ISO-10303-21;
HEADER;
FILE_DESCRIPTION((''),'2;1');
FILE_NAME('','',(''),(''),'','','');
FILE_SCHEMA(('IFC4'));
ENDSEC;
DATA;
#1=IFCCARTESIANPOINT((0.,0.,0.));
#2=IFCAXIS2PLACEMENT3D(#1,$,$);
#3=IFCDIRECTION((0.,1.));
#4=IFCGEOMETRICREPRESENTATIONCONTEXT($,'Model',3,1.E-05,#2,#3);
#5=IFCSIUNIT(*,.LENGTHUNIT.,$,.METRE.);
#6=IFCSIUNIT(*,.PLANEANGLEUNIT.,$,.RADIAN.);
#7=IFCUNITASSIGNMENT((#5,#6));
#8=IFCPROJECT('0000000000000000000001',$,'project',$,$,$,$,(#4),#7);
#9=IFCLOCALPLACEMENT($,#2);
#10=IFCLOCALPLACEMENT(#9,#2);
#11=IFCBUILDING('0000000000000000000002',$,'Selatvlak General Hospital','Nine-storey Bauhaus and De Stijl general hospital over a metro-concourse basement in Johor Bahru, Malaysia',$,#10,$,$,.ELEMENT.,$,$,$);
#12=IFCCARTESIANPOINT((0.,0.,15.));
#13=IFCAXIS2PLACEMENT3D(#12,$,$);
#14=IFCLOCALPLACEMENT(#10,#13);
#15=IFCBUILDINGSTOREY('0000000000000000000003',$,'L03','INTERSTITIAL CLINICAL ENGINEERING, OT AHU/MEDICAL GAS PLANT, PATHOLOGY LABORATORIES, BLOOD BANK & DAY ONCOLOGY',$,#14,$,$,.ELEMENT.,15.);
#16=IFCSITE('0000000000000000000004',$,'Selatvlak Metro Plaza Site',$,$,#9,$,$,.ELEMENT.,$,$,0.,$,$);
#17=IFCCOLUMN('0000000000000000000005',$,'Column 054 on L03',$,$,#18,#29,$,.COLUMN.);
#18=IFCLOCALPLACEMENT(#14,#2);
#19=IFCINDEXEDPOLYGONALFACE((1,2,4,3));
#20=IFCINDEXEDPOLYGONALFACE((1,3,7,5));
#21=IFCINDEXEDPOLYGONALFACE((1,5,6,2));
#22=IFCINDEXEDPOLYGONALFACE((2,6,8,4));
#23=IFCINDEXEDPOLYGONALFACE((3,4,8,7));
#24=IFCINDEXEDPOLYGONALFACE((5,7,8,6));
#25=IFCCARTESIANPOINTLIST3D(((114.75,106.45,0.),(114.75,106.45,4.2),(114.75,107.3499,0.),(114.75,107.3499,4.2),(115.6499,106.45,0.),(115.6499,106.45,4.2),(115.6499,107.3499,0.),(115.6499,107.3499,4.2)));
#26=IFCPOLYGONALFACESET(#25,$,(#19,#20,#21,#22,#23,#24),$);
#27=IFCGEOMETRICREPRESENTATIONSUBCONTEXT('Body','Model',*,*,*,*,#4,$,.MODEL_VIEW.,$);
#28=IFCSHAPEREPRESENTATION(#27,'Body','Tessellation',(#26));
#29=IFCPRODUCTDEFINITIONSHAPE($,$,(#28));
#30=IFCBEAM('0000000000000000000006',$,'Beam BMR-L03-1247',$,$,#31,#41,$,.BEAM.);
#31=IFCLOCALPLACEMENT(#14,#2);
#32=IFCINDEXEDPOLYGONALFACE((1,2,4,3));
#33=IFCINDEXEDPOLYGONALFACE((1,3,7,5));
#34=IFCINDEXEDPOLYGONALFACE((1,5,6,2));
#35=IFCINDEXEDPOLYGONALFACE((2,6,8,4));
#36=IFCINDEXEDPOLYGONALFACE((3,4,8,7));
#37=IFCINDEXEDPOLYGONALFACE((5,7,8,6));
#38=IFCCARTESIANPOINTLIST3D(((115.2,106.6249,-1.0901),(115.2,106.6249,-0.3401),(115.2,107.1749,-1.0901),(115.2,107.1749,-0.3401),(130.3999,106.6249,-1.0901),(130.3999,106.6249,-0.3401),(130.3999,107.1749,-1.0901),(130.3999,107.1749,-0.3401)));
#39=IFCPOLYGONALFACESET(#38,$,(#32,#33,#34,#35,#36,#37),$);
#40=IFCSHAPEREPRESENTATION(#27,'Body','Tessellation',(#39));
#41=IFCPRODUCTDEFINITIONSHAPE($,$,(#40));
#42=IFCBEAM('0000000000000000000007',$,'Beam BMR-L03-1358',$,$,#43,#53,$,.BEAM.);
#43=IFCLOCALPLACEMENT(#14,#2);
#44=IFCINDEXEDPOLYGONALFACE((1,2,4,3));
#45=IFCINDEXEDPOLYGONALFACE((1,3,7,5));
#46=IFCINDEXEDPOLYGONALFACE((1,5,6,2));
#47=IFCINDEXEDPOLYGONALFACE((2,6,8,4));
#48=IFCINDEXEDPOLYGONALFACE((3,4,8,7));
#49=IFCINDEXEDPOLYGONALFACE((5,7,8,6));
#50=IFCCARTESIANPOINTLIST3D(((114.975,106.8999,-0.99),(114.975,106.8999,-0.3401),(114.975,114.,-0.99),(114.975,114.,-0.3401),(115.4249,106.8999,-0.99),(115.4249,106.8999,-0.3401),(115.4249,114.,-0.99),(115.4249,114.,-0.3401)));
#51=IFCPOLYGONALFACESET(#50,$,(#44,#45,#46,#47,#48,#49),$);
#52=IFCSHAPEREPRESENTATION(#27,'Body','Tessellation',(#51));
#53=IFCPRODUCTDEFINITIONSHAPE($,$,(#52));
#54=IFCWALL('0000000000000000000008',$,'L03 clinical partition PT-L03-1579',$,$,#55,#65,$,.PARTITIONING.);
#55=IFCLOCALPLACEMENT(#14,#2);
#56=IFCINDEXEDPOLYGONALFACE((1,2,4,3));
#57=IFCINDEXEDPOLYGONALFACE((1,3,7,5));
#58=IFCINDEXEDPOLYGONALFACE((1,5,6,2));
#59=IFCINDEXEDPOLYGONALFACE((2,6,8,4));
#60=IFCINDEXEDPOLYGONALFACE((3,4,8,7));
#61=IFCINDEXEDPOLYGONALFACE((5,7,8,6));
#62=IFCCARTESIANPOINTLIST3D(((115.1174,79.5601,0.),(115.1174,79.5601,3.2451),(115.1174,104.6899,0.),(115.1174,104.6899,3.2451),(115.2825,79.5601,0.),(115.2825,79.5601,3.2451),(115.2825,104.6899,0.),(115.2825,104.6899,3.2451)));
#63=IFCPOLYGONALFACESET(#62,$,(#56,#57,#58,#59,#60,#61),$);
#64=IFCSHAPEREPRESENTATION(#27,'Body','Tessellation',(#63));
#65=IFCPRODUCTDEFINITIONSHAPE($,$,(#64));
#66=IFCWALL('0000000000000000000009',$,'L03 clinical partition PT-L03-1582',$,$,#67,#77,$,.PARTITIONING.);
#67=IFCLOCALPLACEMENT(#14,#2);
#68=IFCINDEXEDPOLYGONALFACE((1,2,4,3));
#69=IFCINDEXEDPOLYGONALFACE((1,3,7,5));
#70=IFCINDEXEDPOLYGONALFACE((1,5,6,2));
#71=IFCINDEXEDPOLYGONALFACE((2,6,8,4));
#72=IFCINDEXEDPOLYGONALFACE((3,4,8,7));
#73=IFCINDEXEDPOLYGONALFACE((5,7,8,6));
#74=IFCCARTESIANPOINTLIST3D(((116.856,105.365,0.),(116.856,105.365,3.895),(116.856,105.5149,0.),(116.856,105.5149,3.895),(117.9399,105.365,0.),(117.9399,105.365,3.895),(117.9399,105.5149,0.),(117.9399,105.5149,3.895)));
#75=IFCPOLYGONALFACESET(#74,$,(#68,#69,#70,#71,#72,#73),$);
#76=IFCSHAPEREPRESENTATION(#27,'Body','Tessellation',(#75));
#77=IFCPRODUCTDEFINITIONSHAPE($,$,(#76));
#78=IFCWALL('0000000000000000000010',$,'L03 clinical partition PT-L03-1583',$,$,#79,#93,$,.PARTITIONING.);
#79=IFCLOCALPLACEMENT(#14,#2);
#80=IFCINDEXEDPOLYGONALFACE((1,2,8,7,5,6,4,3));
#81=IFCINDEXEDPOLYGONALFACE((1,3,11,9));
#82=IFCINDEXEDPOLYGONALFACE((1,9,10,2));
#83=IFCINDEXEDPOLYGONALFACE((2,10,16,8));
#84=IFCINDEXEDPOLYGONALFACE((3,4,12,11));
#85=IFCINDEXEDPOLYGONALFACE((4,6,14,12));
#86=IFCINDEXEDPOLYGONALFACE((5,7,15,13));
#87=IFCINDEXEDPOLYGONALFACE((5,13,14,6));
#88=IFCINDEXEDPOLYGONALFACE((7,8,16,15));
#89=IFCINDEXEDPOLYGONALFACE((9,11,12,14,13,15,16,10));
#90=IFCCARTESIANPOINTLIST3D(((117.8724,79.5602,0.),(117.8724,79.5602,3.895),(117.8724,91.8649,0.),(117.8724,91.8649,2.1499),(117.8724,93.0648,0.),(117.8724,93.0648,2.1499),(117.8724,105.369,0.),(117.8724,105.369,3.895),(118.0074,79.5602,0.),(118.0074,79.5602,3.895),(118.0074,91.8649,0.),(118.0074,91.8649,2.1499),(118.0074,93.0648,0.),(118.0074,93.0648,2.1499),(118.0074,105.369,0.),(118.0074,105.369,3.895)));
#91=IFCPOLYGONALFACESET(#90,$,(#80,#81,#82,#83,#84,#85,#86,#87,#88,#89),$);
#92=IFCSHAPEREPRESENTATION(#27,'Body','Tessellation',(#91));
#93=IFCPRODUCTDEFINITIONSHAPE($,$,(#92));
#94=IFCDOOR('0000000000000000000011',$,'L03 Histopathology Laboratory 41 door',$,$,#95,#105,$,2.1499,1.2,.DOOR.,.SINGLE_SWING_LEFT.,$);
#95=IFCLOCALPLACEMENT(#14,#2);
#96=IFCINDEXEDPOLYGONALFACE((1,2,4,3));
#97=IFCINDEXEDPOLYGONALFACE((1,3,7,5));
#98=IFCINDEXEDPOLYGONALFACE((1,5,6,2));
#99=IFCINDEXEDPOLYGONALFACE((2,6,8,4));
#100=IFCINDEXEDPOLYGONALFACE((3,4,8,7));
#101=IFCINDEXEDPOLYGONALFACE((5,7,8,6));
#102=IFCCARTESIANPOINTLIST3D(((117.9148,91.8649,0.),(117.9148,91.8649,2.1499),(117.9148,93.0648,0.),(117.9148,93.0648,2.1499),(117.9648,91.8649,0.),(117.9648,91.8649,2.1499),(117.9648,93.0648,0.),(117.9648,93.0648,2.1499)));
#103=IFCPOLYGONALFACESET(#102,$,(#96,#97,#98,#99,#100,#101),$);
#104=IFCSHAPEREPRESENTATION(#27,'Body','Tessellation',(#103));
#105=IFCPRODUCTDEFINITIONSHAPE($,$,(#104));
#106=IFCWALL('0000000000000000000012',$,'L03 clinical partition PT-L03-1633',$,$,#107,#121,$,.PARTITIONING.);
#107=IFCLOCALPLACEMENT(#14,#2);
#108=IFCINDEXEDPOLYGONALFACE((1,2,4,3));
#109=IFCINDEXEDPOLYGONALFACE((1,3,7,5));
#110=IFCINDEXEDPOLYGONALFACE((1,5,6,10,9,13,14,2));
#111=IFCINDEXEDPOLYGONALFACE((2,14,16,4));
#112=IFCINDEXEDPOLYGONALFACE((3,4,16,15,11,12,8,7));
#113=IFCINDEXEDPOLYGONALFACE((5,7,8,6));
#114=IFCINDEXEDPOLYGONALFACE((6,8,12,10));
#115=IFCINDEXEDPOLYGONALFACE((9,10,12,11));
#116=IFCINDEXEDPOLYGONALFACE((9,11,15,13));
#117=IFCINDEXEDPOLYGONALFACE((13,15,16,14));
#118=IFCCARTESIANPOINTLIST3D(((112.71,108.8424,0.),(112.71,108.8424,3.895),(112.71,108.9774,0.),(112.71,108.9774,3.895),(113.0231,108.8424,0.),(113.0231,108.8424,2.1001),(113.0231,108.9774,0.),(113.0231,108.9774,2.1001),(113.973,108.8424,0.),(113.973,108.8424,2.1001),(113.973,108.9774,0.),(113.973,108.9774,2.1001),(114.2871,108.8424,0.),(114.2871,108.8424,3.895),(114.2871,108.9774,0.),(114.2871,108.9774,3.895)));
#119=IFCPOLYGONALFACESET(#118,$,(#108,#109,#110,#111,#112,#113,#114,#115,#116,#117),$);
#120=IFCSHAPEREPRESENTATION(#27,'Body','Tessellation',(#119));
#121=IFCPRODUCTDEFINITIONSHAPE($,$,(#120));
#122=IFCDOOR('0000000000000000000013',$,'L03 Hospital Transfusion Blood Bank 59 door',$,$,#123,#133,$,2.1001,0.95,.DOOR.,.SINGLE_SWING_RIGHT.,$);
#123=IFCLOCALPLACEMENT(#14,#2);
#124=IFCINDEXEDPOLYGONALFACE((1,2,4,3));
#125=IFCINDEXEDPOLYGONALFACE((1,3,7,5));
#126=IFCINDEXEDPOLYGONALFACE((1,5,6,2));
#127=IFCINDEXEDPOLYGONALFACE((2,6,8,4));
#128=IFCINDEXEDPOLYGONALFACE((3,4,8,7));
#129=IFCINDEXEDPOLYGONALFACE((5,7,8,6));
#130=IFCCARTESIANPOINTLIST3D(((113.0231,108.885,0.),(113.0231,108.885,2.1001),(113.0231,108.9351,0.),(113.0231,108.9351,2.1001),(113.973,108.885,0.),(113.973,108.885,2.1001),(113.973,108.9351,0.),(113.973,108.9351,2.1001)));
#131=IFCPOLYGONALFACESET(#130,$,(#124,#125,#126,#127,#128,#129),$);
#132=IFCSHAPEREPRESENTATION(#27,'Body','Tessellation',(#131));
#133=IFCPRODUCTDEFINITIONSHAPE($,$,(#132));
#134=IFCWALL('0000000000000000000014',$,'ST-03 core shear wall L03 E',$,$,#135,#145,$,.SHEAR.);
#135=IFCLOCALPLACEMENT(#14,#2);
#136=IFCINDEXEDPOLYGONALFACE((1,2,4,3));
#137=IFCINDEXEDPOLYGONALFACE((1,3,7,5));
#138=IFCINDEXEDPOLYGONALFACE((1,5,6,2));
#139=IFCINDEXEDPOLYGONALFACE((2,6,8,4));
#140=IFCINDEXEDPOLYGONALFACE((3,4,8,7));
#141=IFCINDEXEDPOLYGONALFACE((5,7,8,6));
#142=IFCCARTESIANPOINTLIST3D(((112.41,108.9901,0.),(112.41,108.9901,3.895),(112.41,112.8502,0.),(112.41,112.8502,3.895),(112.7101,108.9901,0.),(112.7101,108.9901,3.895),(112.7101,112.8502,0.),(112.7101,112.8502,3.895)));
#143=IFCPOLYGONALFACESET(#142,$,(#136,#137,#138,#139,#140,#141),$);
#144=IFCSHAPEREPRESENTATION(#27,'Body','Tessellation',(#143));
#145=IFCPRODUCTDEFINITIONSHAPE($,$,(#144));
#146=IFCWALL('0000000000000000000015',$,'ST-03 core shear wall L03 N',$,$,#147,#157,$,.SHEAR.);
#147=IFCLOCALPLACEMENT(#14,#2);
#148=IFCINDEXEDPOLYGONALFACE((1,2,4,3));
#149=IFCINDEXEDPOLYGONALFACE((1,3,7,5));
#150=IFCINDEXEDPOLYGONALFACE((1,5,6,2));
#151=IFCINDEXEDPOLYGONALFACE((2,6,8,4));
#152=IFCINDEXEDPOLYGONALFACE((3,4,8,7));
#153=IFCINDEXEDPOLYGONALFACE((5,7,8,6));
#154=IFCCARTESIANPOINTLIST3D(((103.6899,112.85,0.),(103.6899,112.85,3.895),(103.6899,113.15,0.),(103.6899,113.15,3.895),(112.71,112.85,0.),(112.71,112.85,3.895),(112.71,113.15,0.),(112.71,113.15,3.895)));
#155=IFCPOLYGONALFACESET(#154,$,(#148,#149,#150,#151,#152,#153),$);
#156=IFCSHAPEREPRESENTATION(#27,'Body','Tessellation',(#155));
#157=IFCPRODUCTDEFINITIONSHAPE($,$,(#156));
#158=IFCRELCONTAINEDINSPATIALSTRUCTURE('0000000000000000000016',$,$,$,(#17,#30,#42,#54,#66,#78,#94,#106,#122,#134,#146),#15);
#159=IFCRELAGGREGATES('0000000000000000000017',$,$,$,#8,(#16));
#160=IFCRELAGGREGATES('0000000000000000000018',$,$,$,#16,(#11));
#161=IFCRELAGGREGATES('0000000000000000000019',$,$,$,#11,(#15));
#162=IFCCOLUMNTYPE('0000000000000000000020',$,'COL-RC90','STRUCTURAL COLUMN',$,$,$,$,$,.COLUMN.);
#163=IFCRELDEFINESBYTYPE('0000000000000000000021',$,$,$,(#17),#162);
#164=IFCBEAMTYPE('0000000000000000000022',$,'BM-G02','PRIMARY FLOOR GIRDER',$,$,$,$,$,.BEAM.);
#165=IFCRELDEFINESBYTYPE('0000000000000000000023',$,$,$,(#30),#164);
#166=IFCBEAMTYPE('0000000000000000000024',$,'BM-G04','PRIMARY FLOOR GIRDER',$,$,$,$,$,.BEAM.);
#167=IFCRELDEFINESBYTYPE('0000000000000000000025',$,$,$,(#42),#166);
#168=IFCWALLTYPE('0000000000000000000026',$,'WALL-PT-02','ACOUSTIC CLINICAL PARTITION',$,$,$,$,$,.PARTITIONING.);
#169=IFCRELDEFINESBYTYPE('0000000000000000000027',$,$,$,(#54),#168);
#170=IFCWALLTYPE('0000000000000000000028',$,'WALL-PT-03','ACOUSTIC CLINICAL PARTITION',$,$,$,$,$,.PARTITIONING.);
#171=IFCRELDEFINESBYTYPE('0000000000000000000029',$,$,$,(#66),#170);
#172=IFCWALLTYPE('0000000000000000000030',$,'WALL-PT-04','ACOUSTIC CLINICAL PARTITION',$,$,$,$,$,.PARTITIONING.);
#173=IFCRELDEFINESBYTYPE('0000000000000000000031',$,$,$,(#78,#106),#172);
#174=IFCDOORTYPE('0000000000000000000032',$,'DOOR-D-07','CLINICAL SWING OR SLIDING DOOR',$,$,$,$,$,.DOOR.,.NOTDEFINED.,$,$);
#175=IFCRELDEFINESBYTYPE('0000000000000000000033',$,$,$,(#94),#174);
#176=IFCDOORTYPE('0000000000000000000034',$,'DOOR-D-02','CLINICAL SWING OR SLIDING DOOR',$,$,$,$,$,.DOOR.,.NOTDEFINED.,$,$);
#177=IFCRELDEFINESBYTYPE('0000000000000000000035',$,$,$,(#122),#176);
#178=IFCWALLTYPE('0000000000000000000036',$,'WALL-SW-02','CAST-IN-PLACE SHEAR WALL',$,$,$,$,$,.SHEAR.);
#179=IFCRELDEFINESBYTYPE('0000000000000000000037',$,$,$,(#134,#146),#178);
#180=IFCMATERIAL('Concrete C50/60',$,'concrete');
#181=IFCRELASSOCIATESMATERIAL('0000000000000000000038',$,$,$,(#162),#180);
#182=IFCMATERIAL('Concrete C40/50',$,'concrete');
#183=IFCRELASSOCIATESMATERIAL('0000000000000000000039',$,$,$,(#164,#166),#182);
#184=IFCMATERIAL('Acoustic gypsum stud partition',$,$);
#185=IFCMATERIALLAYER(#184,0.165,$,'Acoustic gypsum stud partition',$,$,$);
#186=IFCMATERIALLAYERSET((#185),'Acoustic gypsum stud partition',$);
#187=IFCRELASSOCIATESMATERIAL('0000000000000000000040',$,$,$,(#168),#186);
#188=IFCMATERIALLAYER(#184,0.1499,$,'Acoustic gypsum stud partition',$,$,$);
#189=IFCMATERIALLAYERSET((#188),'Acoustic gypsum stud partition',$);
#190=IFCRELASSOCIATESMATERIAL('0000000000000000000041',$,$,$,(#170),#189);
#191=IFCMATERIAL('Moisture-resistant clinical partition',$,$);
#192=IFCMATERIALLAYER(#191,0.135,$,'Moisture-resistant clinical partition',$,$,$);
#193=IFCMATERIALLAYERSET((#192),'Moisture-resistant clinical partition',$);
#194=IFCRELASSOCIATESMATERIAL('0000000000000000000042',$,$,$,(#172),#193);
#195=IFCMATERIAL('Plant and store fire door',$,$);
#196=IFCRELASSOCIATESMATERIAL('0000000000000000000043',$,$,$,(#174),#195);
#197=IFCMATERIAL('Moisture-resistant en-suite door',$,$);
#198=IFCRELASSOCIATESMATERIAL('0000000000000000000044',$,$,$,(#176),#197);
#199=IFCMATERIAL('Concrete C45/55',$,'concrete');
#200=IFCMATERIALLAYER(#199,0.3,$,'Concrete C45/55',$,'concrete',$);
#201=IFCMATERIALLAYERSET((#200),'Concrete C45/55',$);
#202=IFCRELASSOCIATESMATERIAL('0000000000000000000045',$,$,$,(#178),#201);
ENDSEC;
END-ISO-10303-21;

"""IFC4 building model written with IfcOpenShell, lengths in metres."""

from ifc_helpers import new_model, si_unit, direction, frame, frame_2d, origin, origin_2d, place, context, subcontext, project, spatial, rectangle, extrude, material, layer, layer_set, material_profile, profile_set, type_object, element, fill, save


model = new_model("IFC4")

# Units and contexts
model_context = context("Model", 3, precision=1e-05, world=origin(), true_north=direction((0.0, 1.0)))
body_context = subcontext(model_context, "Body", "Model", "MODEL_VIEW")
ifc_project = project(units=[si_unit("LENGTHUNIT", "METRE"), si_unit("PLANEANGLEUNIT", "RADIAN")], contexts=[model_context])

# Site, building, storey
site_placement = place(None, origin())
site = spatial("IfcSite", under=ifc_project, at=site_placement, Name="Selatvlak Metro Plaza Site", CompositionType="ELEMENT", RefElevation=0.0)
building_placement = place(site_placement, origin())
building = spatial("IfcBuilding", under=site, at=building_placement, Name="Selatvlak General Hospital", Description="Nine-storey Bauhaus and De Stijl general hospital over a metro-concourse basement in Johor Bahru, Malaysia", CompositionType="ELEMENT")
storey_placement = place(building_placement, frame((0.0, 0.0, 15.0)))
storey = spatial("IfcBuildingStorey", under=building, at=storey_placement, Name="L03", Description="INTERSTITIAL CLINICAL ENGINEERING, OT AHU/MEDICAL GAS PLANT, PATHOLOGY LABORATORIES, BLOOD BANK & DAY ONCOLOGY", CompositionType="ELEMENT", Elevation=15.0)

# Column
ifc_material_1 = material(Name="Concrete C50/60", Category="concrete")
ifc_material_profile_1 = material_profile(ifc_material_1, rectangle(XDim=0.8999, YDim=0.8999, at=origin_2d()), Name="RC-COL 900x900")
ifc_profile_set_1 = profile_set([ifc_material_profile_1], Name="Concrete C50/60")
column_type = type_object("IfcColumnType", Name="COL-RC90", Description="STRUCTURAL COLUMN", PredefinedType="COLUMN", material=ifc_profile_set_1)
column_placement = place(storey_placement, frame((115.2, 106.8999, 0.0), z_axis=(0.0, 0.0, 1.0), x_axis=(1.0, 0.0, 0.0)))
element("IfcColumn", 1, at=column_placement, inside=storey, type_object=column_type, Name="Column 054 on L03", PredefinedType="COLUMN", context=body_context, shape_type="SweptSolid", body=[
    extrude(rectangle(XDim=0.8999, YDim=0.8999, at=origin_2d()), origin(), (0.0, 0.0, 1.0), 4.2),
])

# Beams
ifc_material_2 = material(Name="Concrete C40/50", Category="concrete")
ifc_material_profile_2 = material_profile(ifc_material_2, rectangle(XDim=0.55, YDim=0.75, at=origin_2d()), Name="RC-BM 550x750")
ifc_profile_set_2 = profile_set([ifc_material_profile_2], Name="Concrete C40/50")
beam_type_1 = type_object("IfcBeamType", Name="BM-G02", Description="PRIMARY FLOOR GIRDER", PredefinedType="BEAM", material=ifc_profile_set_2)
beam_1_placement = place(storey_placement, frame((115.2, 106.8999, -0.7151), z_axis=(1.0, 0.0, 0.0), x_axis=(0.0, 1.0, 0.0)))
element("IfcBeam", 2, at=beam_1_placement, inside=storey, type_object=beam_type_1, Name="Beam BMR-L03-1247", PredefinedType="BEAM", context=body_context, shape_type="SweptSolid", body=[
    extrude(rectangle(XDim=0.55, YDim=0.75, at=origin_2d()), origin(), (0.0, 0.0, 1.0), 15.2),
])
ifc_material_profile_3 = material_profile(ifc_material_2, rectangle(XDim=0.45, YDim=0.6499, at=origin_2d()), Name="RC-BM 450x650")
ifc_profile_set_3 = profile_set([ifc_material_profile_3], Name="Concrete C40/50")
beam_type_2 = type_object("IfcBeamType", Name="BM-G04", Description="PRIMARY FLOOR GIRDER", PredefinedType="BEAM", material=ifc_profile_set_3)
beam_2_placement = place(storey_placement, frame((115.2, 106.8999, -0.665), z_axis=(0.0, 1.0, 0.0), x_axis=(-1.0, 0.0, 0.0)))
element("IfcBeam", 3, at=beam_2_placement, inside=storey, type_object=beam_type_2, Name="Beam BMR-L03-1358", PredefinedType="BEAM", context=body_context, shape_type="SweptSolid", body=[
    extrude(rectangle(XDim=0.45, YDim=0.6499, at=origin_2d()), origin(), (0.0, 0.0, 1.0), 7.1001),
])

# Walls
ifc_material_3 = material(Name="Acoustic gypsum stud partition")
ifc_layer_1 = layer(ifc_material_3, 0.165, Name="Acoustic gypsum stud partition")
ifc_layer_set_1 = layer_set([ifc_layer_1], Name="Acoustic gypsum stud partition")
wall_type_1 = type_object("IfcWallType", Name="WALL-PT-02", Description="ACOUSTIC CLINICAL PARTITION", PredefinedType="PARTITIONING", material=ifc_layer_set_1)
wall_1_placement = place(storey_placement, frame((115.2, 104.6899, 0.0), z_axis=(0.0, 0.0, 1.0), x_axis=(0.0, -1.0, 0.0)))
element("IfcWall", 4, at=wall_1_placement, inside=storey, type_object=wall_type_1, Name="L03 clinical partition PT-L03-1579", PredefinedType="PARTITIONING", context=body_context, shape_type="SweptSolid", body=[
    extrude(rectangle(XDim=25.1299, YDim=0.165, at=frame_2d((12.5649, 0.0))), origin(), (0.0, 0.0, 1.0), 3.2451),
])
ifc_layer_2 = layer(ifc_material_3, 0.1499, Name="Acoustic gypsum stud partition")
ifc_layer_set_2 = layer_set([ifc_layer_2], Name="Acoustic gypsum stud partition")
wall_type_2 = type_object("IfcWallType", Name="WALL-PT-03", Description="ACOUSTIC CLINICAL PARTITION", PredefinedType="PARTITIONING", material=ifc_layer_set_2)
wall_2_placement = place(storey_placement, frame((116.856, 105.4399, 0.0), z_axis=(0.0, 0.0, 1.0), x_axis=(1.0, 0.0, 0.0)))
element("IfcWall", 5, at=wall_2_placement, inside=storey, type_object=wall_type_2, Name="L03 clinical partition PT-L03-1582", PredefinedType="PARTITIONING", context=body_context, shape_type="SweptSolid", body=[
    extrude(rectangle(XDim=1.084, YDim=0.1499, at=frame_2d((0.542, 0.0))), origin(), (0.0, 0.0, 1.0), 3.895),
])

# Walls, openings, doors
ifc_material_4 = material(Name="Moisture-resistant clinical partition")
ifc_layer_3 = layer(ifc_material_4, 0.135, Name="Moisture-resistant clinical partition")
ifc_layer_set_3 = layer_set([ifc_layer_3], Name="Moisture-resistant clinical partition")
wall_type_3 = type_object("IfcWallType", Name="WALL-PT-04", Description="ACOUSTIC CLINICAL PARTITION", PredefinedType="PARTITIONING", material=ifc_layer_set_3)
wall_3_placement = place(storey_placement, frame((117.9399, 105.3689, 0.0), z_axis=(0.0, 0.0, 1.0), x_axis=(0.0, -1.0, 0.0)))
wall_3 = element("IfcWall", 6, at=wall_3_placement, inside=storey, type_object=wall_type_3, Name="L03 clinical partition PT-L03-1583", PredefinedType="PARTITIONING", context=body_context, shape_type="SweptSolid", body=[
    extrude(rectangle(XDim=25.8088, YDim=0.135, at=frame_2d((12.9043, 0.0))), origin(), (0.0, 0.0, 1.0), 3.895),
])
opening_1_placement = place(wall_3_placement, frame((12.304, 0.0, 0.0)))
opening_1 = element("IfcOpeningElement", 7, at=opening_1_placement, cuts=wall_3, PredefinedType="OPENING", context=body_context, shape_type="SweptSolid", body=[
    extrude(rectangle(XDim=1.2, YDim=2.1499, at=frame_2d((0.6001, 1.075))), frame((0.0, 0.0774, 0.0), z_axis=(0.0, -1.0, 0.0), x_axis=(1.0, 0.0, 0.0)), (0.0, 0.0, 1.0), 0.155),
])
ifc_material_5 = material(Name="Plant and store fire door")
door_type_1 = type_object("IfcDoorType", Name="DOOR-D-07", Description="CLINICAL SWING OR SLIDING DOOR", OperationType="NOTDEFINED", PredefinedType="DOOR", material=ifc_material_5)
door_1_placement = place(opening_1_placement, origin())
door_1 = element("IfcDoor", 8, at=door_1_placement, inside=storey, type_object=door_type_1, Name="L03 Histopathology Laboratory 41 door", OperationType="SINGLE_SWING_LEFT", OverallHeight=2.1499, OverallWidth=1.2, PredefinedType="DOOR", context=body_context, shape_type="SweptSolid", body=[
    extrude(rectangle(XDim=1.2, YDim=2.1499, at=frame_2d((0.6001, 1.075))), frame((0.0, 0.0249, 0.0), z_axis=(0.0, -1.0, 0.0), x_axis=(1.0, 0.0, 0.0)), (0.0, 0.0, 1.0), 0.05),
])
fill(opening_1, door_1)
wall_4_placement = place(storey_placement, frame((114.2871, 108.9099, 0.0), z_axis=(0.0, 0.0, 1.0), x_axis=(-1.0, 0.0, 0.0)))
wall_4 = element("IfcWall", 9, at=wall_4_placement, inside=storey, type_object=wall_type_3, Name="L03 clinical partition PT-L03-1633", PredefinedType="PARTITIONING", context=body_context, shape_type="SweptSolid", body=[
    extrude(rectangle(XDim=1.5771, YDim=0.135, at=frame_2d((0.7886, 0.0))), origin(), (0.0, 0.0, 1.0), 3.895),
])
opening_2_placement = place(wall_4_placement, frame((0.314, 0.0, 0.0)))
opening_2 = element("IfcOpeningElement", 10, at=opening_2_placement, cuts=wall_4, PredefinedType="OPENING", context=body_context, shape_type="SweptSolid", body=[
    extrude(rectangle(XDim=0.95, YDim=2.1001, at=frame_2d((0.4751, 1.05))), frame((0.0, 0.0774, 0.0), z_axis=(0.0, -1.0, 0.0), x_axis=(1.0, 0.0, 0.0)), (0.0, 0.0, 1.0), 0.155),
])
ifc_material_6 = material(Name="Moisture-resistant en-suite door")
door_type_2 = type_object("IfcDoorType", Name="DOOR-D-02", Description="CLINICAL SWING OR SLIDING DOOR", OperationType="NOTDEFINED", PredefinedType="DOOR", material=ifc_material_6)
door_2_placement = place(opening_2_placement, origin())
door_2 = element("IfcDoor", 11, at=door_2_placement, inside=storey, type_object=door_type_2, Name="L03 Hospital Transfusion Blood Bank 59 door", OperationType="SINGLE_SWING_RIGHT", OverallHeight=2.1001, OverallWidth=0.95, PredefinedType="DOOR", context=body_context, shape_type="SweptSolid", body=[
    extrude(rectangle(XDim=0.95, YDim=2.1001, at=frame_2d((0.4751, 1.05))), frame((0.0, 0.0249, 0.0), z_axis=(0.0, -1.0, 0.0), x_axis=(1.0, 0.0, 0.0)), (0.0, 0.0, 1.0), 0.05),
])
fill(opening_2, door_2)

# Walls
ifc_material_7 = material(Name="Concrete C45/55", Category="concrete")
ifc_layer_4 = layer(ifc_material_7, 0.3, Name="Concrete C45/55", Category="concrete")
ifc_layer_set_4 = layer_set([ifc_layer_4], Name="Concrete C45/55")
wall_type_4 = type_object("IfcWallType", Name="WALL-SW-02", Description="CAST-IN-PLACE SHEAR WALL", PredefinedType="SHEAR", material=ifc_layer_set_4)
wall_5_placement = place(storey_placement, frame((112.5601, 108.99, 0.0), z_axis=(0.0, 0.0, 1.0), x_axis=(0.0, 1.0, 0.0)))
element("IfcWall", 12, at=wall_5_placement, inside=storey, type_object=wall_type_4, Name="ST-03 core shear wall L03 E", PredefinedType="SHEAR", context=body_context, shape_type="SweptSolid", body=[
    extrude(rectangle(XDim=3.8601, YDim=0.3, at=frame_2d((1.9302, 0.0))), origin(), (0.0, 0.0, 1.0), 3.895),
])
wall_6_placement = place(storey_placement, frame((112.71, 113.0, 0.0), z_axis=(0.0, 0.0, 1.0), x_axis=(-1.0, 0.0, 0.0)))
element("IfcWall", 13, at=wall_6_placement, inside=storey, type_object=wall_type_4, Name="ST-03 core shear wall L03 N", PredefinedType="SHEAR", context=body_context, shape_type="SweptSolid", body=[
    extrude(rectangle(XDim=9.02, YDim=0.3, at=frame_2d((4.51, 0.0))), origin(), (0.0, 0.0, 1.0), 3.895),
])

save(model, "model.ifc")
